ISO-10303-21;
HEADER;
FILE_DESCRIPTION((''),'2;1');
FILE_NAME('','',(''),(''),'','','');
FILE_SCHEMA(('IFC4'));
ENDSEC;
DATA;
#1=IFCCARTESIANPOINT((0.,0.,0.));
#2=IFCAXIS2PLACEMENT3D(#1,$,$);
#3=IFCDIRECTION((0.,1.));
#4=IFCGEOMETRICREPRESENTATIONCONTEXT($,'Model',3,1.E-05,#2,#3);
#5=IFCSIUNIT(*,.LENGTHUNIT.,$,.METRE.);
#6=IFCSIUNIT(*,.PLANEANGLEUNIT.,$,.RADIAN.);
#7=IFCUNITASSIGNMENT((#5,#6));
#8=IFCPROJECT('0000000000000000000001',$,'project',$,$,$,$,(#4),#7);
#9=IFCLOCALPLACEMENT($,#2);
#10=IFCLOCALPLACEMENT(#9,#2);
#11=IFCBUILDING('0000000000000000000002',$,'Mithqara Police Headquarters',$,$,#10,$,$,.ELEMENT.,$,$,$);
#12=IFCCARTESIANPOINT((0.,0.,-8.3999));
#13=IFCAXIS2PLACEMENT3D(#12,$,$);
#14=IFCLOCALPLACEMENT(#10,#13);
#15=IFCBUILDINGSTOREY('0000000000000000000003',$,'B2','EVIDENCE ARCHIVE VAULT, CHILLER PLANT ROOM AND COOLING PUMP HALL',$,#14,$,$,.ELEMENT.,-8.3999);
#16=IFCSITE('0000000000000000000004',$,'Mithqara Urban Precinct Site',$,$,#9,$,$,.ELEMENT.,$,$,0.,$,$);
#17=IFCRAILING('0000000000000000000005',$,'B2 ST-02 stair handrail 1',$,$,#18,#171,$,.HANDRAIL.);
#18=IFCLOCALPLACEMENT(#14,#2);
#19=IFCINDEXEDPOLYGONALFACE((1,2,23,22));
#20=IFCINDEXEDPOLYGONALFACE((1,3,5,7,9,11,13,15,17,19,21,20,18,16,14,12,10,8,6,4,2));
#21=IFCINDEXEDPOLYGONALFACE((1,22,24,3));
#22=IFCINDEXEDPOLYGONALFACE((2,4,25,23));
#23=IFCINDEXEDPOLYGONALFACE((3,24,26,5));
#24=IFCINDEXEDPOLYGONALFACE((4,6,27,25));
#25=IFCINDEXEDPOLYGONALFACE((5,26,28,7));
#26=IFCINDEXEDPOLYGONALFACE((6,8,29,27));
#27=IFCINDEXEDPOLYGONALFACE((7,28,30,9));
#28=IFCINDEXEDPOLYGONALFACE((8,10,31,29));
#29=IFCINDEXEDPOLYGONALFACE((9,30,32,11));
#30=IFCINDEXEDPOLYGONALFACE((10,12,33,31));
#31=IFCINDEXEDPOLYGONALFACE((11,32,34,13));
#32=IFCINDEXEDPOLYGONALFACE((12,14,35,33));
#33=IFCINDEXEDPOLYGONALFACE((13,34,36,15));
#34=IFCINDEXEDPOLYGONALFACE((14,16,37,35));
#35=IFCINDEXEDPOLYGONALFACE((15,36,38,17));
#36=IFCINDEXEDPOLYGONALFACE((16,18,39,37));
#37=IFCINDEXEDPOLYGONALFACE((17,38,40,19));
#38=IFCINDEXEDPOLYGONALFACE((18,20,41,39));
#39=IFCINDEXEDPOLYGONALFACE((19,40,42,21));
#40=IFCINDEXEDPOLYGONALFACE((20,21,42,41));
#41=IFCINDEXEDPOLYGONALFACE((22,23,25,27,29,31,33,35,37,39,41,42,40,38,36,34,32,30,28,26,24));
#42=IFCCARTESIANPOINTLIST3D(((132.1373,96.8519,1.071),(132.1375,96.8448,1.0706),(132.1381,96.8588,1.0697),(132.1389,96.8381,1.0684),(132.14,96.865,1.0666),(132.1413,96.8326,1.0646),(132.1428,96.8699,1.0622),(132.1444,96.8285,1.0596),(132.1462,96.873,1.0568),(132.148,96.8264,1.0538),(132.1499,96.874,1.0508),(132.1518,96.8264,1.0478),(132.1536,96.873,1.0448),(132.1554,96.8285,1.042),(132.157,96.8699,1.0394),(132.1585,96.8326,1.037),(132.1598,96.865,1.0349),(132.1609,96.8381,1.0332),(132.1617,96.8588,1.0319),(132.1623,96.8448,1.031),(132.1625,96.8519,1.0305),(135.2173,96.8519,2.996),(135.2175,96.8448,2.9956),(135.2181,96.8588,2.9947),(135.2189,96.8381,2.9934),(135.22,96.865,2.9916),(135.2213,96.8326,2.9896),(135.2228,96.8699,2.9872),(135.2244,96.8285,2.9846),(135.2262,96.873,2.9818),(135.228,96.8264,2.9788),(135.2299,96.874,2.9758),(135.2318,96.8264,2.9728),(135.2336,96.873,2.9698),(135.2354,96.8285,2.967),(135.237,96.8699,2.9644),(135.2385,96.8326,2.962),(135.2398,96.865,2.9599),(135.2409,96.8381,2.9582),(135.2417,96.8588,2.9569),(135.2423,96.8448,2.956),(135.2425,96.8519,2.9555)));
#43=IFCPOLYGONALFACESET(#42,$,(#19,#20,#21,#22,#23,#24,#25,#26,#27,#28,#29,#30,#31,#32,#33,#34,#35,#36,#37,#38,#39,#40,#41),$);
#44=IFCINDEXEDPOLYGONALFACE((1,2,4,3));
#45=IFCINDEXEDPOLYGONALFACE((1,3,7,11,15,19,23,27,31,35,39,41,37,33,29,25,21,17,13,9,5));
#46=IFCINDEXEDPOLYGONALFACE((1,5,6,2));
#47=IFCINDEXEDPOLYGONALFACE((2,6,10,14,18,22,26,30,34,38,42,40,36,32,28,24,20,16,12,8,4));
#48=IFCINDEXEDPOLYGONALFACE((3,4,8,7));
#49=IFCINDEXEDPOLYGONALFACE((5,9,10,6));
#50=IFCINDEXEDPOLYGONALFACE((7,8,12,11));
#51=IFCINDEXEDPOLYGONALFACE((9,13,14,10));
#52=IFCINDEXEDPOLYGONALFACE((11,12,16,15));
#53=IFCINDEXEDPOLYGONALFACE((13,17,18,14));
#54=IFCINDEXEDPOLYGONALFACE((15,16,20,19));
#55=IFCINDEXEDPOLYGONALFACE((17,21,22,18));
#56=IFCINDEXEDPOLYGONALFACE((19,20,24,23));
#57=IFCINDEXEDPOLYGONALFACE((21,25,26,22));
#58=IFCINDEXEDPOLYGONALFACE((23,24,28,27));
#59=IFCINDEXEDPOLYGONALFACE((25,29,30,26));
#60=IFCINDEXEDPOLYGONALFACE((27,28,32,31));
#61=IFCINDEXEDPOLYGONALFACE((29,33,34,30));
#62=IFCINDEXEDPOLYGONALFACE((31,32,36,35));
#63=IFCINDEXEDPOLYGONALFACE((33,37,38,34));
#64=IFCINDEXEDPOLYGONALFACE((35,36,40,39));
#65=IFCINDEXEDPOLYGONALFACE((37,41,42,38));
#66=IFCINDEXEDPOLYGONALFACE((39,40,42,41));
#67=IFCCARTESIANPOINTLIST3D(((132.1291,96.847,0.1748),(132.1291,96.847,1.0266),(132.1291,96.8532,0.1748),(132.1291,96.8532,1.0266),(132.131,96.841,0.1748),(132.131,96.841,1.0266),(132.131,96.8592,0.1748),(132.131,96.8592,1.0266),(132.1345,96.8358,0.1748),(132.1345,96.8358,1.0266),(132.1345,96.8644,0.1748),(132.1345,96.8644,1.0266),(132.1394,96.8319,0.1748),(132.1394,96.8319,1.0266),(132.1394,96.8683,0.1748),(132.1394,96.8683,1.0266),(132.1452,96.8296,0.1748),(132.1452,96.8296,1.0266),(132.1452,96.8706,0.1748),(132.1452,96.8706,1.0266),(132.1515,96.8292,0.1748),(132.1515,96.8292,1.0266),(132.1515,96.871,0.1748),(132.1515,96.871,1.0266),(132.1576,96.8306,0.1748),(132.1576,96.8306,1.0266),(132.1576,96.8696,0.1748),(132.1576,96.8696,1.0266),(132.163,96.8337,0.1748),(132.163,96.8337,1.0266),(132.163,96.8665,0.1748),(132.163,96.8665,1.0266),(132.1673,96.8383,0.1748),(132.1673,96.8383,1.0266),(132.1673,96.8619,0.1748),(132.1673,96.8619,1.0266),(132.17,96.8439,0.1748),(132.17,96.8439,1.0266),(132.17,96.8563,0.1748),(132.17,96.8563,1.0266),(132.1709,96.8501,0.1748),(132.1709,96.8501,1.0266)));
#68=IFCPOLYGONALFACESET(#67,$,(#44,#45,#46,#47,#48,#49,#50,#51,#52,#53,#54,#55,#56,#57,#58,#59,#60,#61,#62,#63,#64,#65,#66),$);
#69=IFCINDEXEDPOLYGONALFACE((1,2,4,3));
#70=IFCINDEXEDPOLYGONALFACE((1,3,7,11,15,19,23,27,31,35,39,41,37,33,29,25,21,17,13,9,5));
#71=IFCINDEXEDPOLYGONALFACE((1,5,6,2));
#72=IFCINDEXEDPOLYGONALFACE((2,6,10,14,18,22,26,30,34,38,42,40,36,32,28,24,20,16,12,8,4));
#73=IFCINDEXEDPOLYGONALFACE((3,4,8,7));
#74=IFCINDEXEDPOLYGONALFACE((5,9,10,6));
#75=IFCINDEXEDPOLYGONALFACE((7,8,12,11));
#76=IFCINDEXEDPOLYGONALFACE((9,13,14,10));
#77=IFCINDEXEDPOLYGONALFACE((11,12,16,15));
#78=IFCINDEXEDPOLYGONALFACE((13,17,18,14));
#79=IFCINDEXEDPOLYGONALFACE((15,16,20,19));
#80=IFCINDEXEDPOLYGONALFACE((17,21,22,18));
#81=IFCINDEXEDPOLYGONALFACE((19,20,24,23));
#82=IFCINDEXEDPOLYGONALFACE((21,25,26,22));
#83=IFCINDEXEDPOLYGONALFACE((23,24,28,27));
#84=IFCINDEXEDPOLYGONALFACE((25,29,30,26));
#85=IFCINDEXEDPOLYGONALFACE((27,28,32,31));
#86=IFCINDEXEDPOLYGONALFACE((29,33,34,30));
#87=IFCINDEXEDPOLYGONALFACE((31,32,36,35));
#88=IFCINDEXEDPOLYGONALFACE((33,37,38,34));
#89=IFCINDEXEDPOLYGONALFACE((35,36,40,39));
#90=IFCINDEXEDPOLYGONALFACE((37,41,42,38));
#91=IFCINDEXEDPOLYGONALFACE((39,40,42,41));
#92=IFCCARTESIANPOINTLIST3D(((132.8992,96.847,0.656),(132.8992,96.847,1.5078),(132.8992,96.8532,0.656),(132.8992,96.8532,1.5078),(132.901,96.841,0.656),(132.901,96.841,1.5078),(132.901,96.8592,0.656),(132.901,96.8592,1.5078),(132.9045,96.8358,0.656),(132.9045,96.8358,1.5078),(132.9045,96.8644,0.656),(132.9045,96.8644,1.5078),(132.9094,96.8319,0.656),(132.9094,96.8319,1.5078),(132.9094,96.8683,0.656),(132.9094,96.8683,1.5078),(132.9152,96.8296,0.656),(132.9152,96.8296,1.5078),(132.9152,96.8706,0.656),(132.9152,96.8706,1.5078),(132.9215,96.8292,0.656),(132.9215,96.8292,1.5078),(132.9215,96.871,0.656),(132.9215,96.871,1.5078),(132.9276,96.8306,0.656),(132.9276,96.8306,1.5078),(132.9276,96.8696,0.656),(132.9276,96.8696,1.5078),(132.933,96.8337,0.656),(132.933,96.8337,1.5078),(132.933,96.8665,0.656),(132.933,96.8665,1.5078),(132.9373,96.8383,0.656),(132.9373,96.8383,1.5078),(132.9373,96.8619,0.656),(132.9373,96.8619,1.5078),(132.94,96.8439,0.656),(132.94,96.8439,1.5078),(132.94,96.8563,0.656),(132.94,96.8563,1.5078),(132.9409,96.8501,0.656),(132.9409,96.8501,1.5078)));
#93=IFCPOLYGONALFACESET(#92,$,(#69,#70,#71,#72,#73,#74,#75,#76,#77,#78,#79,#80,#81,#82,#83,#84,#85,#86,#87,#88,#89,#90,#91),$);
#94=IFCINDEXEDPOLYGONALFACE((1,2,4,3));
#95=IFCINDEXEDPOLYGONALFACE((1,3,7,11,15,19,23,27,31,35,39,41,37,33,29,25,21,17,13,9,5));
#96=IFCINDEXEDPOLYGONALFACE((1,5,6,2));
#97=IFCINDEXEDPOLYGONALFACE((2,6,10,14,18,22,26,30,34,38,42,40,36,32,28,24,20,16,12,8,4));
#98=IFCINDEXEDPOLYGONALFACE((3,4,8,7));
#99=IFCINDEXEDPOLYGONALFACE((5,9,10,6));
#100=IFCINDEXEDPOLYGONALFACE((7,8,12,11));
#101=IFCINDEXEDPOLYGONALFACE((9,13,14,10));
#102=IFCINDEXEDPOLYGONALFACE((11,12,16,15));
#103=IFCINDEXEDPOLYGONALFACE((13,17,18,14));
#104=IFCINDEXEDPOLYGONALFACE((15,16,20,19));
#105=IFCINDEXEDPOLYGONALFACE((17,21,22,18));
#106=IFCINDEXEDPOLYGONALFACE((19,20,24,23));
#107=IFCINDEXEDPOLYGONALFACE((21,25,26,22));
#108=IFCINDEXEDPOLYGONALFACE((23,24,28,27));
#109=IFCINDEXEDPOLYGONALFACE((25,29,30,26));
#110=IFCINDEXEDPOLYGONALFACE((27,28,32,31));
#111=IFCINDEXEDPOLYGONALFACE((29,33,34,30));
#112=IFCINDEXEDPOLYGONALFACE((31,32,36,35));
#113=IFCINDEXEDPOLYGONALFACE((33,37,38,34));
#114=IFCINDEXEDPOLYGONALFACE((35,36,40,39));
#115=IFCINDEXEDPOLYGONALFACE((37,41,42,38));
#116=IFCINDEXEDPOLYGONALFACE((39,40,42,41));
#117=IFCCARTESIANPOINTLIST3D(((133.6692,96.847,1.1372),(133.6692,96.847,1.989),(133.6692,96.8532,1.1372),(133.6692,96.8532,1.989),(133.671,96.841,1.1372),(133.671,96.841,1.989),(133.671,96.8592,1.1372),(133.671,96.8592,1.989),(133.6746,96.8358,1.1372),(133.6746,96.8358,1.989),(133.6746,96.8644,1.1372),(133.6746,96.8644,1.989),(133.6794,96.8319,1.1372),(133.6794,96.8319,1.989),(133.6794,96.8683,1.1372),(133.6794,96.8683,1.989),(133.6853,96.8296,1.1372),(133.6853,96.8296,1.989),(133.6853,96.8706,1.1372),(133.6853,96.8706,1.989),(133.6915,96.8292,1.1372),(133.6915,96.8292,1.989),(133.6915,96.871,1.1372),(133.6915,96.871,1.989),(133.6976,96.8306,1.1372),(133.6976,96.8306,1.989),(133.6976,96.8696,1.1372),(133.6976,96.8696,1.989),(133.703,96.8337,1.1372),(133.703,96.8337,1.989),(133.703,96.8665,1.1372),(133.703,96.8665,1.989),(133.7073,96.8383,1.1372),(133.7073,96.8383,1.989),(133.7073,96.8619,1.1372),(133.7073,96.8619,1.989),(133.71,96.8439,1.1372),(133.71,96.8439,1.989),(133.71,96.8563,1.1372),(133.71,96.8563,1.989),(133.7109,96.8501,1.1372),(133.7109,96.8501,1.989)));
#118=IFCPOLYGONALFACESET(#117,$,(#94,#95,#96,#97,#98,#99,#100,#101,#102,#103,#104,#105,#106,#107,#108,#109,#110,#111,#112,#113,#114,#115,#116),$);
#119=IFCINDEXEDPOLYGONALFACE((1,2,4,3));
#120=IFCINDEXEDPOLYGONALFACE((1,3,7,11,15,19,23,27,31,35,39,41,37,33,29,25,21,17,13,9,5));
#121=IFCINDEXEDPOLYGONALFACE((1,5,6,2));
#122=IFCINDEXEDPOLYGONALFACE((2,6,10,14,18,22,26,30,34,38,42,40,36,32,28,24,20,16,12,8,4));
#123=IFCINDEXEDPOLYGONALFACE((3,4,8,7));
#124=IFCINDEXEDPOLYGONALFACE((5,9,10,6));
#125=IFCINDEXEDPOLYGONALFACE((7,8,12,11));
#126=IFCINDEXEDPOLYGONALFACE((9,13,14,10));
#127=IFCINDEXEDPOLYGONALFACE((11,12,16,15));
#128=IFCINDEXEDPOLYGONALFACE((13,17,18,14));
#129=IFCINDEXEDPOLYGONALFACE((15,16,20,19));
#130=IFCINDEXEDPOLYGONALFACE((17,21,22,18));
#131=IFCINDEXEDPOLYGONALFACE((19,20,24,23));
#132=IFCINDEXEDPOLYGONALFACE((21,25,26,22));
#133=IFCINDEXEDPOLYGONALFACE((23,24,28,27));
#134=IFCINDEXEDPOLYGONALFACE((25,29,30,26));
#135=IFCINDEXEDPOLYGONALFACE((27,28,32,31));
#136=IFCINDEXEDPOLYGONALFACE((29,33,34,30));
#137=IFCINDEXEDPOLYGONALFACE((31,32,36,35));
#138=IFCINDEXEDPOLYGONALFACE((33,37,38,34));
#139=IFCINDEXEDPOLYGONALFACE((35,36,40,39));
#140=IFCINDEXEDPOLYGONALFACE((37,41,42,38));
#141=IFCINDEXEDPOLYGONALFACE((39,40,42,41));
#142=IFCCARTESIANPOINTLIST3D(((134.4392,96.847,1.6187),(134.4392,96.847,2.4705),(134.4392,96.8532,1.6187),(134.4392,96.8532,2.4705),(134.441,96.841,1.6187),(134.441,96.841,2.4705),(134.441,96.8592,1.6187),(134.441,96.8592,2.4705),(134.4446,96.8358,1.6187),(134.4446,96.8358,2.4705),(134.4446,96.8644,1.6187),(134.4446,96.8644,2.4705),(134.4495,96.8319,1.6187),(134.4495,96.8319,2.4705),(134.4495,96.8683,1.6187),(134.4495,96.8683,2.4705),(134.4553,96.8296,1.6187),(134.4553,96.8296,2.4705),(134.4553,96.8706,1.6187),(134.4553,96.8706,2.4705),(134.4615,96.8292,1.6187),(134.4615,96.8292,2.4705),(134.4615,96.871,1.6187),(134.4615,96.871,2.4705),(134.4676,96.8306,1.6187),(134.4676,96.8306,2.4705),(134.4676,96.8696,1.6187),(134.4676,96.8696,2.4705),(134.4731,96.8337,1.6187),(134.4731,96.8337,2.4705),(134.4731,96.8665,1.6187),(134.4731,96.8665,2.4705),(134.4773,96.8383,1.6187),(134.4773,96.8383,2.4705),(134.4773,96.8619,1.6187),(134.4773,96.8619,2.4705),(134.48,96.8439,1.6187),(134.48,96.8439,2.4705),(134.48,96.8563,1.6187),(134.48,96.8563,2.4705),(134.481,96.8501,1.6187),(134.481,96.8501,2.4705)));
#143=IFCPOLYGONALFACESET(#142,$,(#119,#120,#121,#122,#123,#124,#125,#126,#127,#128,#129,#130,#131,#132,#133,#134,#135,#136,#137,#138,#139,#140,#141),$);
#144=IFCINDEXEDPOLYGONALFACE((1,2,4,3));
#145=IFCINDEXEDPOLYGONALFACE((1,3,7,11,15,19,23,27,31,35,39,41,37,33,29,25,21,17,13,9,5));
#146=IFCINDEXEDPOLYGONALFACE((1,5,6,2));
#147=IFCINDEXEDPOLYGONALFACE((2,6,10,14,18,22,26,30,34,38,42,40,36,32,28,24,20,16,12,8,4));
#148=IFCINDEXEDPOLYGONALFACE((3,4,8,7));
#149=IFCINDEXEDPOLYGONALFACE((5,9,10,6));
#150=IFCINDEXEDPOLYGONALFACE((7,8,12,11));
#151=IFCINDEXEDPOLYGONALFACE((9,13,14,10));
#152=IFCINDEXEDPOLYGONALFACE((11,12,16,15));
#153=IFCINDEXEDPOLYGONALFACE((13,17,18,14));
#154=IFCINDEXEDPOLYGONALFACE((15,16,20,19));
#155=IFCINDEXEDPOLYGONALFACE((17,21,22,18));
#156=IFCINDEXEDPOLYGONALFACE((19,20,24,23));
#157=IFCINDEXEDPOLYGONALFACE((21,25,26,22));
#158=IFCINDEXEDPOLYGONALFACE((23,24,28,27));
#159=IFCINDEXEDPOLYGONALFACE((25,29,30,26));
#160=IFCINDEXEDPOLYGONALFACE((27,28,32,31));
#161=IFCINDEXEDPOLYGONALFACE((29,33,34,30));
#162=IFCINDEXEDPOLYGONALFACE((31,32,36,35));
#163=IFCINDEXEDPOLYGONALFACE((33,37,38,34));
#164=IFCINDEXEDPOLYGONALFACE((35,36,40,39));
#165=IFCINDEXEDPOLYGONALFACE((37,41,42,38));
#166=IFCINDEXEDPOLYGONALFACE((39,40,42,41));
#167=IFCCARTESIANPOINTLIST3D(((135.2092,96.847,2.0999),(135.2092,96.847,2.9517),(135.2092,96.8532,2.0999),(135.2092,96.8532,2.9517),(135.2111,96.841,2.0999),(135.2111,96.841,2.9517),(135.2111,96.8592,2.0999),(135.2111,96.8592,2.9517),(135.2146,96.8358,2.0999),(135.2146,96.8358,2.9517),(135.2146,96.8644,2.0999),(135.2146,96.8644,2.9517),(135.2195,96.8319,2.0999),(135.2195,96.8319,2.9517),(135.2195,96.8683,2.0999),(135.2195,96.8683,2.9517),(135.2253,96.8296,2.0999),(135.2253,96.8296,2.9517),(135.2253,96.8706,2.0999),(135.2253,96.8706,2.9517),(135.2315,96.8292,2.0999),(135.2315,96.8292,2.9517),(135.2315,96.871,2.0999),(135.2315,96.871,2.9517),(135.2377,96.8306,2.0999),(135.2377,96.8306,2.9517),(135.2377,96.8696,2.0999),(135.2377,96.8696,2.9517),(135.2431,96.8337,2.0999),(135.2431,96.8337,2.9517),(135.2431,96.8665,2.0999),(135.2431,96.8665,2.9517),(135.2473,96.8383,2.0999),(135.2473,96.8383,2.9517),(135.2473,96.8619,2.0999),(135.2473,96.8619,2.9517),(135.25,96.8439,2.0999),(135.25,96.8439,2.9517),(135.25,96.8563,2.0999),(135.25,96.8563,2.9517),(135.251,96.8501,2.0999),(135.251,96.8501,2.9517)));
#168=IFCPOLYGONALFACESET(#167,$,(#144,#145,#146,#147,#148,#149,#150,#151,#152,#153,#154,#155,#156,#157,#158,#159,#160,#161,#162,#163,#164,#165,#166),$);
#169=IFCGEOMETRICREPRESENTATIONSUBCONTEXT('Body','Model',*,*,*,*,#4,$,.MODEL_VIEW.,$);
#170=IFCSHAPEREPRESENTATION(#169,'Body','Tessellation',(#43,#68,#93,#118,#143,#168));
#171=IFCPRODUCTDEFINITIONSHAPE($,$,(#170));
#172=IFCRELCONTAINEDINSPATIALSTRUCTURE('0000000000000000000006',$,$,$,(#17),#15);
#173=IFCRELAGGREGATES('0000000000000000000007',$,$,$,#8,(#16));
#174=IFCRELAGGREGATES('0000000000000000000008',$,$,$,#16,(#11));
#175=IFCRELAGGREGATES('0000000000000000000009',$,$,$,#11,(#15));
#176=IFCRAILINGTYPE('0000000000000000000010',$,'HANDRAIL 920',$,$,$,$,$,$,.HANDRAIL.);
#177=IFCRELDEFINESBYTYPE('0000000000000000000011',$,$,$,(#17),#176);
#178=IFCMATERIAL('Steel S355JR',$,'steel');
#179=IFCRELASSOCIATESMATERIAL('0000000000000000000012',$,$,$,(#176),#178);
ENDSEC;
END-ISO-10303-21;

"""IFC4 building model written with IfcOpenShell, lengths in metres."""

from ifc_helpers import new_model, si_unit, direction, frame, origin, origin_2d, place, context, subcontext, project, spatial, circle, extrude, material, type_object, element, save


model = new_model("IFC4")

# Units and contexts
model_context = context("Model", 3, precision=1e-05, world=origin(), true_north=direction((0.0, 1.0)))
body_context = subcontext(model_context, "Body", "Model", "MODEL_VIEW")
ifc_project = project(units=[si_unit("LENGTHUNIT", "METRE"), si_unit("PLANEANGLEUNIT", "RADIAN")], contexts=[model_context])

# Site, building, storey
site_placement = place(None, origin())
site = spatial("IfcSite", under=ifc_project, at=site_placement, Name="Mithqara Urban Precinct Site", CompositionType="ELEMENT", RefElevation=0.0)
building_placement = place(site_placement, origin())
building = spatial("IfcBuilding", under=site, at=building_placement, Name="Mithqara Police Headquarters", CompositionType="ELEMENT")
storey_placement = place(building_placement, frame((0.0, 0.0, -8.3999)))
storey = spatial("IfcBuildingStorey", under=building, at=storey_placement, Name="B2", Description="EVIDENCE ARCHIVE VAULT, CHILLER PLANT ROOM AND COOLING PUMP HALL", CompositionType="ELEMENT", Elevation=-8.3999)

# Shared definitions
ifc_material_1 = material(Name="Steel S355JR", Category="steel")

# Railing
railing_type_1 = type_object("IfcRailingType", Name="HANDRAIL 920", PredefinedType="HANDRAIL", material=ifc_material_1)
railing_1_placement = place(storey_placement, frame((132.1499, 96.8501, 0.1748)))
element("IfcRailing", 1, at=railing_1_placement, inside=storey, type_object=railing_type_1, Name="B2 ST-02 stair handrail 1", PredefinedType="HANDRAIL", context=body_context, shape_type="SweptSolid", body=[
    extrude(circle(Radius=0.0239, at=origin_2d()), frame((0.0, 0.0, 0.876), z_axis=(0.847998, 0.0, 0.529999), x_axis=(0.0, 1.0, 0.0)), (0.0, 0.0, 1.0), 3.6321),
    extrude(circle(Radius=0.021, at=origin_2d()), origin(), (0.0, 0.0, 1.0), 0.8518),
    extrude(circle(Radius=0.021, at=origin_2d()), frame((0.77, 0.0, 0.4812)), (0.0, 0.0, 1.0), 0.8518),
    extrude(circle(Radius=0.021, at=origin_2d()), frame((1.54, 0.0, 0.9624)), (0.0, 0.0, 1.0), 0.8518),
    extrude(circle(Radius=0.021, at=origin_2d()), frame((2.3101, 0.0, 1.4438)), (0.0, 0.0, 1.0), 0.8518),
    extrude(circle(Radius=0.021, at=origin_2d()), frame((3.0801, 0.0, 1.925)), (0.0, 0.0, 1.0), 0.8518),
])

save(model, "model.ifc")
